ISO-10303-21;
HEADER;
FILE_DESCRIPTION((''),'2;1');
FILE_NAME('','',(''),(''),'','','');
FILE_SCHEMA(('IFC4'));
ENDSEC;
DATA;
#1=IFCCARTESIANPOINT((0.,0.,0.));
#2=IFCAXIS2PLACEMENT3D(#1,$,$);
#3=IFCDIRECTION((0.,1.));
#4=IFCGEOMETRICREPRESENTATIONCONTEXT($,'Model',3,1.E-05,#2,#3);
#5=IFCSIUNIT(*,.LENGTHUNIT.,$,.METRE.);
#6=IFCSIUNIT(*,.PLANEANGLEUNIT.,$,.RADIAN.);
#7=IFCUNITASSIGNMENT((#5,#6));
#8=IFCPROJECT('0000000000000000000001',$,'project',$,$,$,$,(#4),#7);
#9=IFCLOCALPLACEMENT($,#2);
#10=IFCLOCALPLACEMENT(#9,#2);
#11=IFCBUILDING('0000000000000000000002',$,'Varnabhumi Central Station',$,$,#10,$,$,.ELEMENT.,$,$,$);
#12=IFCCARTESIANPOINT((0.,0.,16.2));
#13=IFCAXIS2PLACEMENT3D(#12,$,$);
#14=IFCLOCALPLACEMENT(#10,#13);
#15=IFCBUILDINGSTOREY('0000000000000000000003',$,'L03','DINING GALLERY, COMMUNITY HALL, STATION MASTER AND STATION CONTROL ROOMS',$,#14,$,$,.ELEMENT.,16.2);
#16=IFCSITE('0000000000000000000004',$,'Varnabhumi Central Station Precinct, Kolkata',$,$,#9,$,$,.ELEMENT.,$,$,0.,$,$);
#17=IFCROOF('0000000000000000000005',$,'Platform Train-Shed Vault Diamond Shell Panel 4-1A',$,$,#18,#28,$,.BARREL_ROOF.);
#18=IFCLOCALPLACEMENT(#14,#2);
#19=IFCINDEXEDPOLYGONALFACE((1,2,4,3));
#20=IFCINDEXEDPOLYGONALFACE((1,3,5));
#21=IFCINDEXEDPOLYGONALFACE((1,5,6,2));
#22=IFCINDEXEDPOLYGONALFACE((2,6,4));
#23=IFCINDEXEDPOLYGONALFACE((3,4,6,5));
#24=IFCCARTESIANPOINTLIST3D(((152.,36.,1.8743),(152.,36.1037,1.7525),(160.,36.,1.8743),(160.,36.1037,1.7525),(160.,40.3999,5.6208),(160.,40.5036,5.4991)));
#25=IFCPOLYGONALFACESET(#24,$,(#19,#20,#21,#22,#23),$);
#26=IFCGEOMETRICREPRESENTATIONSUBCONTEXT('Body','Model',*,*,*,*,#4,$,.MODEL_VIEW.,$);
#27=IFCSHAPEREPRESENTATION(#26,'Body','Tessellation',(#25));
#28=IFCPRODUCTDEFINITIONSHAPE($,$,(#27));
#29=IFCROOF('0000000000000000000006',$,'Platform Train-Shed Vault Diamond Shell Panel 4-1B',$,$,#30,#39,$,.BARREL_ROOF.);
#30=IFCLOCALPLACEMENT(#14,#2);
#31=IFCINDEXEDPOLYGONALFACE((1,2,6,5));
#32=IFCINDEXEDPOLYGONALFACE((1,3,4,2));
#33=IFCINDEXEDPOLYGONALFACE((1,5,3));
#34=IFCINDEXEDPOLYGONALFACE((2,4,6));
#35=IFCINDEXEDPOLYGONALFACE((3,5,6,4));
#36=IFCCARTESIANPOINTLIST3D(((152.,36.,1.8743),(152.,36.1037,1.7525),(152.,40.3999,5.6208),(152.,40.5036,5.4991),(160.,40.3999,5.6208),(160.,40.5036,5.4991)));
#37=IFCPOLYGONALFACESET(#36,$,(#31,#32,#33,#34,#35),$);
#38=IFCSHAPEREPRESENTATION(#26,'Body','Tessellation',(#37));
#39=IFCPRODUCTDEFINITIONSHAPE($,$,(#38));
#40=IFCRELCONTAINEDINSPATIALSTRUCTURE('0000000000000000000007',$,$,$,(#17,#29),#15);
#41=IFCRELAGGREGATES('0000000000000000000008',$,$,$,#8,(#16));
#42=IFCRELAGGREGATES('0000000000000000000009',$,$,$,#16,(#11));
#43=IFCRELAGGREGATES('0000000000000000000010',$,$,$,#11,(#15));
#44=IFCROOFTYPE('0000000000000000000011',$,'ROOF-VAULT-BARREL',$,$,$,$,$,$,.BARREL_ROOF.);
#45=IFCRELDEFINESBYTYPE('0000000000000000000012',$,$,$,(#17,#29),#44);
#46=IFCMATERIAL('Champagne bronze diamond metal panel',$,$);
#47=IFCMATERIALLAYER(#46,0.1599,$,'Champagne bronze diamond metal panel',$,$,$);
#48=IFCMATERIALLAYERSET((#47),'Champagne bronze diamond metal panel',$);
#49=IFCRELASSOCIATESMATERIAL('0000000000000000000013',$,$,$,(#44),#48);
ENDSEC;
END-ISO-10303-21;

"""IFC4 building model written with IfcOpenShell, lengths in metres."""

from ifc_helpers import new_model, si_unit, direction, frame, origin, place, context, subcontext, project, spatial, polyline, outline, extrude, material, layer, layer_set, type_object, element, save


model = new_model("IFC4")

# Units and contexts
model_context = context("Model", 3, precision=1e-05, world=origin(), true_north=direction((0.0, 1.0)))
body_context = subcontext(model_context, "Body", "Model", "MODEL_VIEW")
ifc_project = project(units=[si_unit("LENGTHUNIT", "METRE"), si_unit("PLANEANGLEUNIT", "RADIAN")], contexts=[model_context])

# Site, building, storey
site_placement = place(None, origin())
site = spatial("IfcSite", under=ifc_project, at=site_placement, Name="Varnabhumi Central Station Precinct, Kolkata", CompositionType="ELEMENT", RefElevation=0.0)
building_placement = place(site_placement, origin())
building = spatial("IfcBuilding", under=site, at=building_placement, Name="Varnabhumi Central Station", CompositionType="ELEMENT")
storey_placement = place(building_placement, frame((0.0, 0.0, 16.2)))
storey = spatial("IfcBuildingStorey", under=building, at=storey_placement, Name="L03", Description="DINING GALLERY, COMMUNITY HALL, STATION MASTER AND STATION CONTROL ROOMS", CompositionType="ELEMENT", Elevation=16.2)

# Roofs
ifc_material_1 = material(Name="Champagne bronze diamond metal panel")
ifc_layer_1 = layer(ifc_material_1, 0.1599, Name="Champagne bronze diamond metal panel")
ifc_layer_set_1 = layer_set([ifc_layer_1], Name="Champagne bronze diamond metal panel")
roof_type = type_object("IfcRoofType", Name="ROOF-VAULT-BARREL", PredefinedType="BARREL_ROOF", material=ifc_layer_set_1)
roof_1_placement = place(storey_placement, frame((152.0, 36.0, 1.8743), z_axis=(0.0, -0.648318, 0.76137), x_axis=(1.0, 0.0, 0.0)))
element("IfcRoof", 1, at=roof_1_placement, inside=storey, type_object=roof_type, Name="Platform Train-Shed Vault Diamond Shell Panel 4-1A", PredefinedType="BARREL_ROOF", context=body_context, shape_type="SweptSolid", body=[
    extrude(outline(polyline([(0.0, 0.0), (8.0, 0.0), (8.0, 5.7789), (0.0, 0.0)])), origin(), (0.0, 0.0, -1.0), 0.1599),
])
roof_2_placement = place(storey_placement, frame((152.0, 36.0, 1.8743), z_axis=(0.0, -0.648318, 0.76137), x_axis=(0.810624, 0.445833, 0.379634)))
element("IfcRoof", 2, at=roof_2_placement, inside=storey, type_object=roof_type, Name="Platform Train-Shed Vault Diamond Shell Panel 4-1B", PredefinedType="BARREL_ROOF", context=body_context, shape_type="SweptSolid", body=[
    extrude(outline(polyline([(0.0, 0.0), (9.8689, 0.0), (3.384, 4.6845), (0.0, 0.0)])), origin(), (0.0, 0.0, -1.0), 0.1599),
])

save(model, "model.ifc")
